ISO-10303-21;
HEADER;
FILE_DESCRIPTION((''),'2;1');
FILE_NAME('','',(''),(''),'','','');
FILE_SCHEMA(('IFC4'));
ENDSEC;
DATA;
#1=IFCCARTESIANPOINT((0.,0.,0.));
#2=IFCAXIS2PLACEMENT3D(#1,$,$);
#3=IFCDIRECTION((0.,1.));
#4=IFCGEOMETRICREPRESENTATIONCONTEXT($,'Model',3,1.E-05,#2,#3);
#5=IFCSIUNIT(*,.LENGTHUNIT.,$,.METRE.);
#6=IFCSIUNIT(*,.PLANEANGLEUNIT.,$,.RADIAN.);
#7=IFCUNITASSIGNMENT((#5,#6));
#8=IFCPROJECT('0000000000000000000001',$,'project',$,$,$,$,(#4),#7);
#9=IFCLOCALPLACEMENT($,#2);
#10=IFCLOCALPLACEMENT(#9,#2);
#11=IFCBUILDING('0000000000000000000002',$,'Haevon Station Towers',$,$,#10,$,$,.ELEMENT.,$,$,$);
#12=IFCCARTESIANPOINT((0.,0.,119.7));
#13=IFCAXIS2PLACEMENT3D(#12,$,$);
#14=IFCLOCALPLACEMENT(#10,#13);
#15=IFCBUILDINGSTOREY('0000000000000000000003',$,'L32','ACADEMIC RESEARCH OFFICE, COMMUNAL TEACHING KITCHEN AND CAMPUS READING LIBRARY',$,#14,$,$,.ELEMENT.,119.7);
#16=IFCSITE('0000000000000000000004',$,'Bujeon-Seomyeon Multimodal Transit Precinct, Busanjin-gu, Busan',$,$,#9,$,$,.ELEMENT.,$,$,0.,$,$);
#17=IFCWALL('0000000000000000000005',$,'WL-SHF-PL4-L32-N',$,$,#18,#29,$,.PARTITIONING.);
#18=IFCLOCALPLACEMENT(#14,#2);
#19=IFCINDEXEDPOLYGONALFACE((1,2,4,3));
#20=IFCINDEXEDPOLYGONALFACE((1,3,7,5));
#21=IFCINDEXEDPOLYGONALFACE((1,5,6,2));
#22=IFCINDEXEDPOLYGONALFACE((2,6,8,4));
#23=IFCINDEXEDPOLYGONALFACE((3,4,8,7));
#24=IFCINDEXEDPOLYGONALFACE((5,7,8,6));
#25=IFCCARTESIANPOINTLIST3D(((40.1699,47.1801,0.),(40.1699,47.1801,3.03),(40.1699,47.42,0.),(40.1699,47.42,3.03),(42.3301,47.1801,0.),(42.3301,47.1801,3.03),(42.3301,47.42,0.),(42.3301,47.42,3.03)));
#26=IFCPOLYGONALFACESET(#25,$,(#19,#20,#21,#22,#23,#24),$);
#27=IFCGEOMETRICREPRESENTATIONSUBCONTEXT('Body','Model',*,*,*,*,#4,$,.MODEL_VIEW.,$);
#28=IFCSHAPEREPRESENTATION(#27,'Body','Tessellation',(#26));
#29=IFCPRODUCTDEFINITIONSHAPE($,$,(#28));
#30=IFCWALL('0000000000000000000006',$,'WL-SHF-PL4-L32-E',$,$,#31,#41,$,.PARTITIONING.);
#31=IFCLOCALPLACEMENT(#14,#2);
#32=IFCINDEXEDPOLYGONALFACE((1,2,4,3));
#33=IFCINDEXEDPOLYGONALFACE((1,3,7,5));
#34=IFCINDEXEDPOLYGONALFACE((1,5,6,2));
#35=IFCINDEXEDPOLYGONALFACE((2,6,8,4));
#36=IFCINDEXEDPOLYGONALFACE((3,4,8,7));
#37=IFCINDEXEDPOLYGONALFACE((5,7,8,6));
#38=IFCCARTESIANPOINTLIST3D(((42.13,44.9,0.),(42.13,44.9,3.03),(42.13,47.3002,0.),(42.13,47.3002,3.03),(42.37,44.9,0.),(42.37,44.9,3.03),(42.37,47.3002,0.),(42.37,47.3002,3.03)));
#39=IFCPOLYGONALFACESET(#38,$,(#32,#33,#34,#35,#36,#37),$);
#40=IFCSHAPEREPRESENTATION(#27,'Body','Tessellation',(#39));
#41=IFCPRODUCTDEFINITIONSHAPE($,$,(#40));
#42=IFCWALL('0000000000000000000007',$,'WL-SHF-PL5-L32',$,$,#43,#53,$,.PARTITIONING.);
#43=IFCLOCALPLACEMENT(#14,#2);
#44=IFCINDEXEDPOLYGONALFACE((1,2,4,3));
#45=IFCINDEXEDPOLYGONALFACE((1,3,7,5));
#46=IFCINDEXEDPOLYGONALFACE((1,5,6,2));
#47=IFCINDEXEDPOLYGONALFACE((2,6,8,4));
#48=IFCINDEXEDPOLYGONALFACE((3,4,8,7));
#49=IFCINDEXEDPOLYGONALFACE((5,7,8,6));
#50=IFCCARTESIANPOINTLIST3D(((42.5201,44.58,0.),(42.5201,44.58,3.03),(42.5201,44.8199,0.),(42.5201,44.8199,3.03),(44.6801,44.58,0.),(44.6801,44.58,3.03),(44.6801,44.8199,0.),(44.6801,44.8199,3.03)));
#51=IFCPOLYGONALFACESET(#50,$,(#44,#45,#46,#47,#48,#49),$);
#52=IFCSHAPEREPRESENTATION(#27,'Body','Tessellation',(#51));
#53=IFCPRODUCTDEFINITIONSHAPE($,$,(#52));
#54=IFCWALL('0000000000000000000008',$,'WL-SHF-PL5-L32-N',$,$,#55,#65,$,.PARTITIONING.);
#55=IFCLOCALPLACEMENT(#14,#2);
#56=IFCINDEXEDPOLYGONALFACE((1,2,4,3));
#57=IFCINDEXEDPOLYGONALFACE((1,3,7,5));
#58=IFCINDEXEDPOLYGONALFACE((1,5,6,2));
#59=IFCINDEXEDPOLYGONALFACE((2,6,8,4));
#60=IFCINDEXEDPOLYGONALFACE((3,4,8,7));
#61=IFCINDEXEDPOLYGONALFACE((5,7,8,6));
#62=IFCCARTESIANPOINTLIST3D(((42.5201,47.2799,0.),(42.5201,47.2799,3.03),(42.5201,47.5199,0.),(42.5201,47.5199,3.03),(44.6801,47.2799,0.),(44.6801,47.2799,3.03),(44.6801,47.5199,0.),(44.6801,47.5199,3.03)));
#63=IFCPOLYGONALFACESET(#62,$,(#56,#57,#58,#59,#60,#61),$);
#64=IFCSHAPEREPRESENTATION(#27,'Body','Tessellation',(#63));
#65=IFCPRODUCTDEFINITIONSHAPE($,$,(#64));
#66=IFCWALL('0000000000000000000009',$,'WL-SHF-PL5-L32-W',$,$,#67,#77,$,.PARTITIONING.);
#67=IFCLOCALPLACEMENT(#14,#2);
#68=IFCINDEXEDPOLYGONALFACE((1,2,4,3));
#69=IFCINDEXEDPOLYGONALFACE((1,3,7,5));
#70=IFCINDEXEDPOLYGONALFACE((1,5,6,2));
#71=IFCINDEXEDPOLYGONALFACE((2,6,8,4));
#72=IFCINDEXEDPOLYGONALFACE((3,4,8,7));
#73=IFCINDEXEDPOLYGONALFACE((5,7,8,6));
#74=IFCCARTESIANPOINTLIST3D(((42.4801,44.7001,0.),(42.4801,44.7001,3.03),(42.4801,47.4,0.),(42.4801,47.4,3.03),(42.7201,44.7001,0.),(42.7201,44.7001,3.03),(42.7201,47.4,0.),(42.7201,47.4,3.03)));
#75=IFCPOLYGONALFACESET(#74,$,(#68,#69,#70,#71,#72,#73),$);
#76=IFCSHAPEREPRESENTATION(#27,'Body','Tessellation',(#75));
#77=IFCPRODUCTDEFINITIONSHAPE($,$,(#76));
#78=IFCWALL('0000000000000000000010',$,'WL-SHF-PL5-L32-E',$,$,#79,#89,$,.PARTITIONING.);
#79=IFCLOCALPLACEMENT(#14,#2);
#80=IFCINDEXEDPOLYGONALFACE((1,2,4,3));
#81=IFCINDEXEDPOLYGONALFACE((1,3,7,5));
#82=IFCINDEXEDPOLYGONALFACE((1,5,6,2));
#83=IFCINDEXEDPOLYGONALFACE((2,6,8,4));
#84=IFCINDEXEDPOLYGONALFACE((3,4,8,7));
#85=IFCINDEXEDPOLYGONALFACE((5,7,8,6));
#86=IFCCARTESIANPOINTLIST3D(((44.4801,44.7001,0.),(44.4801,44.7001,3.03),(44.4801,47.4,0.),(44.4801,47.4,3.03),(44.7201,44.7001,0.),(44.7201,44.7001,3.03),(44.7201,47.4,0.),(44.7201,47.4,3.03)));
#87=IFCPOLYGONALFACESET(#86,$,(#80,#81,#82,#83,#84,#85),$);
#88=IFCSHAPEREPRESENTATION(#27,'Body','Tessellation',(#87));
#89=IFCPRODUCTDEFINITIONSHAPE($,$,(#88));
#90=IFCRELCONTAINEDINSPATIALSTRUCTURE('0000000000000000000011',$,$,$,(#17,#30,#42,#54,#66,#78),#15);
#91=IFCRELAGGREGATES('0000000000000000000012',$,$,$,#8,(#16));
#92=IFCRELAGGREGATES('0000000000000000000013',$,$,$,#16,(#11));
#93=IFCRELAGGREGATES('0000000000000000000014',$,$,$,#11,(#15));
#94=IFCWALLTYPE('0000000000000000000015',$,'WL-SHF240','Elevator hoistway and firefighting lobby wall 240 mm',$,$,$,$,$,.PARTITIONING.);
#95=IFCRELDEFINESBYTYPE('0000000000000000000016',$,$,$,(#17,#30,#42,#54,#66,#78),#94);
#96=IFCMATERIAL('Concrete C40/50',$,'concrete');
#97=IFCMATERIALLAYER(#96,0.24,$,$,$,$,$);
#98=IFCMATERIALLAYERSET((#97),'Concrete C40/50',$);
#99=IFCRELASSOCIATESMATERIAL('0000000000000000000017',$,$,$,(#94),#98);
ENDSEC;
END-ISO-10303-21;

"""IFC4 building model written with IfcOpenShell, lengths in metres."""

from ifc_helpers import new_model, si_unit, direction, frame, frame_2d, origin, place, context, subcontext, project, spatial, rectangle, extrude, material, layer, layer_set, type_object, element, save


model = new_model("IFC4")

# Units and contexts
model_context = context("Model", 3, precision=1e-05, world=origin(), true_north=direction((0.0, 1.0)))
body_context = subcontext(model_context, "Body", "Model", "MODEL_VIEW")
ifc_project = project(units=[si_unit("LENGTHUNIT", "METRE"), si_unit("PLANEANGLEUNIT", "RADIAN")], contexts=[model_context])

# Site, building, storey
site_placement = place(None, origin())
site = spatial("IfcSite", under=ifc_project, at=site_placement, Name="Bujeon-Seomyeon Multimodal Transit Precinct, Busanjin-gu, Busan", CompositionType="ELEMENT", RefElevation=0.0)
building_placement = place(site_placement, origin())
building = spatial("IfcBuilding", under=site, at=building_placement, Name="Haevon Station Towers", CompositionType="ELEMENT")
storey_placement = place(building_placement, frame((0.0, 0.0, 119.7)))
storey = spatial("IfcBuildingStorey", under=building, at=storey_placement, Name="L32", Description="ACADEMIC RESEARCH OFFICE, COMMUNAL TEACHING KITCHEN AND CAMPUS READING LIBRARY", CompositionType="ELEMENT", Elevation=119.7)

# Shared definitions
ifc_material_1 = material(Name="Concrete C40/50", Category="concrete")
ifc_layer_1 = layer(ifc_material_1, 0.24)
ifc_layer_set_1 = layer_set([ifc_layer_1], Name="Concrete C40/50")
wall_type_1 = type_object("IfcWallType", Name="WL-SHF240", Description="Elevator hoistway and firefighting lobby wall 240 mm", PredefinedType="PARTITIONING", material=ifc_layer_set_1)

# Walls
wall_1_placement = place(storey_placement, frame((40.1699, 47.3, 0.0), z_axis=(0.0, 0.0, 1.0), x_axis=(1.0, 0.0, 0.0)))
element("IfcWall", 1, at=wall_1_placement, inside=storey, type_object=wall_type_1, Name="WL-SHF-PL4-L32-N", PredefinedType="PARTITIONING", context=body_context, shape_type="SweptSolid", body=[
    extrude(rectangle(XDim=2.1602, YDim=0.24, at=frame_2d((1.0801, 0.0))), origin(), (0.0, 0.0, 1.0), 3.03),
])
wall_2_placement = place(storey_placement, frame((42.25, 44.8999, 0.0), z_axis=(0.0, 0.0, 1.0), x_axis=(0.0, 1.0, 0.0)))
element("IfcWall", 2, at=wall_2_placement, inside=storey, type_object=wall_type_1, Name="WL-SHF-PL4-L32-E", PredefinedType="PARTITIONING", context=body_context, shape_type="SweptSolid", body=[
    extrude(rectangle(XDim=2.4001, YDim=0.24, at=frame_2d((1.2002, 0.0))), origin(), (0.0, 0.0, 1.0), 3.03),
])
for number, where, z_axis, x_axis, name in (
    (3, (42.52, 44.7, 0.0), (0.0, 0.0, 1.0), (1.0, 0.0, 0.0), "WL-SHF-PL5-L32"),
    (4, (42.52, 47.3999, 0.0), (0.0, 0.0, 1.0), (1.0, 0.0, 0.0), "WL-SHF-PL5-L32-N"),
):
    element("IfcWall", number, at=place(storey_placement, frame(where, z_axis=z_axis, x_axis=x_axis)), inside=storey, type_object=wall_type_1, Name=name, PredefinedType="PARTITIONING", context=body_context, shape_type="SweptSolid", body=[
        extrude(rectangle(XDim=2.1599, YDim=0.24, at=frame_2d((1.0801, 0.0))), origin(), (0.0, 0.0, 1.0), 3.03),
    ])
for number, where, z_axis, x_axis, name in (
    (5, (42.6001, 44.7, 0.0), (0.0, 0.0, 1.0), (0.0, 1.0, 0.0), "WL-SHF-PL5-L32-W"),
    (6, (44.6001, 44.7, 0.0), (0.0, 0.0, 1.0), (0.0, 1.0, 0.0), "WL-SHF-PL5-L32-E"),
):
    element("IfcWall", number, at=place(storey_placement, frame(where, z_axis=z_axis, x_axis=x_axis)), inside=storey, type_object=wall_type_1, Name=name, PredefinedType="PARTITIONING", context=body_context, shape_type="SweptSolid", body=[
        extrude(rectangle(XDim=2.7, YDim=0.24, at=frame_2d((1.3501, 0.0))), origin(), (0.0, 0.0, 1.0), 3.03),
    ])

save(model, "model.ifc")
